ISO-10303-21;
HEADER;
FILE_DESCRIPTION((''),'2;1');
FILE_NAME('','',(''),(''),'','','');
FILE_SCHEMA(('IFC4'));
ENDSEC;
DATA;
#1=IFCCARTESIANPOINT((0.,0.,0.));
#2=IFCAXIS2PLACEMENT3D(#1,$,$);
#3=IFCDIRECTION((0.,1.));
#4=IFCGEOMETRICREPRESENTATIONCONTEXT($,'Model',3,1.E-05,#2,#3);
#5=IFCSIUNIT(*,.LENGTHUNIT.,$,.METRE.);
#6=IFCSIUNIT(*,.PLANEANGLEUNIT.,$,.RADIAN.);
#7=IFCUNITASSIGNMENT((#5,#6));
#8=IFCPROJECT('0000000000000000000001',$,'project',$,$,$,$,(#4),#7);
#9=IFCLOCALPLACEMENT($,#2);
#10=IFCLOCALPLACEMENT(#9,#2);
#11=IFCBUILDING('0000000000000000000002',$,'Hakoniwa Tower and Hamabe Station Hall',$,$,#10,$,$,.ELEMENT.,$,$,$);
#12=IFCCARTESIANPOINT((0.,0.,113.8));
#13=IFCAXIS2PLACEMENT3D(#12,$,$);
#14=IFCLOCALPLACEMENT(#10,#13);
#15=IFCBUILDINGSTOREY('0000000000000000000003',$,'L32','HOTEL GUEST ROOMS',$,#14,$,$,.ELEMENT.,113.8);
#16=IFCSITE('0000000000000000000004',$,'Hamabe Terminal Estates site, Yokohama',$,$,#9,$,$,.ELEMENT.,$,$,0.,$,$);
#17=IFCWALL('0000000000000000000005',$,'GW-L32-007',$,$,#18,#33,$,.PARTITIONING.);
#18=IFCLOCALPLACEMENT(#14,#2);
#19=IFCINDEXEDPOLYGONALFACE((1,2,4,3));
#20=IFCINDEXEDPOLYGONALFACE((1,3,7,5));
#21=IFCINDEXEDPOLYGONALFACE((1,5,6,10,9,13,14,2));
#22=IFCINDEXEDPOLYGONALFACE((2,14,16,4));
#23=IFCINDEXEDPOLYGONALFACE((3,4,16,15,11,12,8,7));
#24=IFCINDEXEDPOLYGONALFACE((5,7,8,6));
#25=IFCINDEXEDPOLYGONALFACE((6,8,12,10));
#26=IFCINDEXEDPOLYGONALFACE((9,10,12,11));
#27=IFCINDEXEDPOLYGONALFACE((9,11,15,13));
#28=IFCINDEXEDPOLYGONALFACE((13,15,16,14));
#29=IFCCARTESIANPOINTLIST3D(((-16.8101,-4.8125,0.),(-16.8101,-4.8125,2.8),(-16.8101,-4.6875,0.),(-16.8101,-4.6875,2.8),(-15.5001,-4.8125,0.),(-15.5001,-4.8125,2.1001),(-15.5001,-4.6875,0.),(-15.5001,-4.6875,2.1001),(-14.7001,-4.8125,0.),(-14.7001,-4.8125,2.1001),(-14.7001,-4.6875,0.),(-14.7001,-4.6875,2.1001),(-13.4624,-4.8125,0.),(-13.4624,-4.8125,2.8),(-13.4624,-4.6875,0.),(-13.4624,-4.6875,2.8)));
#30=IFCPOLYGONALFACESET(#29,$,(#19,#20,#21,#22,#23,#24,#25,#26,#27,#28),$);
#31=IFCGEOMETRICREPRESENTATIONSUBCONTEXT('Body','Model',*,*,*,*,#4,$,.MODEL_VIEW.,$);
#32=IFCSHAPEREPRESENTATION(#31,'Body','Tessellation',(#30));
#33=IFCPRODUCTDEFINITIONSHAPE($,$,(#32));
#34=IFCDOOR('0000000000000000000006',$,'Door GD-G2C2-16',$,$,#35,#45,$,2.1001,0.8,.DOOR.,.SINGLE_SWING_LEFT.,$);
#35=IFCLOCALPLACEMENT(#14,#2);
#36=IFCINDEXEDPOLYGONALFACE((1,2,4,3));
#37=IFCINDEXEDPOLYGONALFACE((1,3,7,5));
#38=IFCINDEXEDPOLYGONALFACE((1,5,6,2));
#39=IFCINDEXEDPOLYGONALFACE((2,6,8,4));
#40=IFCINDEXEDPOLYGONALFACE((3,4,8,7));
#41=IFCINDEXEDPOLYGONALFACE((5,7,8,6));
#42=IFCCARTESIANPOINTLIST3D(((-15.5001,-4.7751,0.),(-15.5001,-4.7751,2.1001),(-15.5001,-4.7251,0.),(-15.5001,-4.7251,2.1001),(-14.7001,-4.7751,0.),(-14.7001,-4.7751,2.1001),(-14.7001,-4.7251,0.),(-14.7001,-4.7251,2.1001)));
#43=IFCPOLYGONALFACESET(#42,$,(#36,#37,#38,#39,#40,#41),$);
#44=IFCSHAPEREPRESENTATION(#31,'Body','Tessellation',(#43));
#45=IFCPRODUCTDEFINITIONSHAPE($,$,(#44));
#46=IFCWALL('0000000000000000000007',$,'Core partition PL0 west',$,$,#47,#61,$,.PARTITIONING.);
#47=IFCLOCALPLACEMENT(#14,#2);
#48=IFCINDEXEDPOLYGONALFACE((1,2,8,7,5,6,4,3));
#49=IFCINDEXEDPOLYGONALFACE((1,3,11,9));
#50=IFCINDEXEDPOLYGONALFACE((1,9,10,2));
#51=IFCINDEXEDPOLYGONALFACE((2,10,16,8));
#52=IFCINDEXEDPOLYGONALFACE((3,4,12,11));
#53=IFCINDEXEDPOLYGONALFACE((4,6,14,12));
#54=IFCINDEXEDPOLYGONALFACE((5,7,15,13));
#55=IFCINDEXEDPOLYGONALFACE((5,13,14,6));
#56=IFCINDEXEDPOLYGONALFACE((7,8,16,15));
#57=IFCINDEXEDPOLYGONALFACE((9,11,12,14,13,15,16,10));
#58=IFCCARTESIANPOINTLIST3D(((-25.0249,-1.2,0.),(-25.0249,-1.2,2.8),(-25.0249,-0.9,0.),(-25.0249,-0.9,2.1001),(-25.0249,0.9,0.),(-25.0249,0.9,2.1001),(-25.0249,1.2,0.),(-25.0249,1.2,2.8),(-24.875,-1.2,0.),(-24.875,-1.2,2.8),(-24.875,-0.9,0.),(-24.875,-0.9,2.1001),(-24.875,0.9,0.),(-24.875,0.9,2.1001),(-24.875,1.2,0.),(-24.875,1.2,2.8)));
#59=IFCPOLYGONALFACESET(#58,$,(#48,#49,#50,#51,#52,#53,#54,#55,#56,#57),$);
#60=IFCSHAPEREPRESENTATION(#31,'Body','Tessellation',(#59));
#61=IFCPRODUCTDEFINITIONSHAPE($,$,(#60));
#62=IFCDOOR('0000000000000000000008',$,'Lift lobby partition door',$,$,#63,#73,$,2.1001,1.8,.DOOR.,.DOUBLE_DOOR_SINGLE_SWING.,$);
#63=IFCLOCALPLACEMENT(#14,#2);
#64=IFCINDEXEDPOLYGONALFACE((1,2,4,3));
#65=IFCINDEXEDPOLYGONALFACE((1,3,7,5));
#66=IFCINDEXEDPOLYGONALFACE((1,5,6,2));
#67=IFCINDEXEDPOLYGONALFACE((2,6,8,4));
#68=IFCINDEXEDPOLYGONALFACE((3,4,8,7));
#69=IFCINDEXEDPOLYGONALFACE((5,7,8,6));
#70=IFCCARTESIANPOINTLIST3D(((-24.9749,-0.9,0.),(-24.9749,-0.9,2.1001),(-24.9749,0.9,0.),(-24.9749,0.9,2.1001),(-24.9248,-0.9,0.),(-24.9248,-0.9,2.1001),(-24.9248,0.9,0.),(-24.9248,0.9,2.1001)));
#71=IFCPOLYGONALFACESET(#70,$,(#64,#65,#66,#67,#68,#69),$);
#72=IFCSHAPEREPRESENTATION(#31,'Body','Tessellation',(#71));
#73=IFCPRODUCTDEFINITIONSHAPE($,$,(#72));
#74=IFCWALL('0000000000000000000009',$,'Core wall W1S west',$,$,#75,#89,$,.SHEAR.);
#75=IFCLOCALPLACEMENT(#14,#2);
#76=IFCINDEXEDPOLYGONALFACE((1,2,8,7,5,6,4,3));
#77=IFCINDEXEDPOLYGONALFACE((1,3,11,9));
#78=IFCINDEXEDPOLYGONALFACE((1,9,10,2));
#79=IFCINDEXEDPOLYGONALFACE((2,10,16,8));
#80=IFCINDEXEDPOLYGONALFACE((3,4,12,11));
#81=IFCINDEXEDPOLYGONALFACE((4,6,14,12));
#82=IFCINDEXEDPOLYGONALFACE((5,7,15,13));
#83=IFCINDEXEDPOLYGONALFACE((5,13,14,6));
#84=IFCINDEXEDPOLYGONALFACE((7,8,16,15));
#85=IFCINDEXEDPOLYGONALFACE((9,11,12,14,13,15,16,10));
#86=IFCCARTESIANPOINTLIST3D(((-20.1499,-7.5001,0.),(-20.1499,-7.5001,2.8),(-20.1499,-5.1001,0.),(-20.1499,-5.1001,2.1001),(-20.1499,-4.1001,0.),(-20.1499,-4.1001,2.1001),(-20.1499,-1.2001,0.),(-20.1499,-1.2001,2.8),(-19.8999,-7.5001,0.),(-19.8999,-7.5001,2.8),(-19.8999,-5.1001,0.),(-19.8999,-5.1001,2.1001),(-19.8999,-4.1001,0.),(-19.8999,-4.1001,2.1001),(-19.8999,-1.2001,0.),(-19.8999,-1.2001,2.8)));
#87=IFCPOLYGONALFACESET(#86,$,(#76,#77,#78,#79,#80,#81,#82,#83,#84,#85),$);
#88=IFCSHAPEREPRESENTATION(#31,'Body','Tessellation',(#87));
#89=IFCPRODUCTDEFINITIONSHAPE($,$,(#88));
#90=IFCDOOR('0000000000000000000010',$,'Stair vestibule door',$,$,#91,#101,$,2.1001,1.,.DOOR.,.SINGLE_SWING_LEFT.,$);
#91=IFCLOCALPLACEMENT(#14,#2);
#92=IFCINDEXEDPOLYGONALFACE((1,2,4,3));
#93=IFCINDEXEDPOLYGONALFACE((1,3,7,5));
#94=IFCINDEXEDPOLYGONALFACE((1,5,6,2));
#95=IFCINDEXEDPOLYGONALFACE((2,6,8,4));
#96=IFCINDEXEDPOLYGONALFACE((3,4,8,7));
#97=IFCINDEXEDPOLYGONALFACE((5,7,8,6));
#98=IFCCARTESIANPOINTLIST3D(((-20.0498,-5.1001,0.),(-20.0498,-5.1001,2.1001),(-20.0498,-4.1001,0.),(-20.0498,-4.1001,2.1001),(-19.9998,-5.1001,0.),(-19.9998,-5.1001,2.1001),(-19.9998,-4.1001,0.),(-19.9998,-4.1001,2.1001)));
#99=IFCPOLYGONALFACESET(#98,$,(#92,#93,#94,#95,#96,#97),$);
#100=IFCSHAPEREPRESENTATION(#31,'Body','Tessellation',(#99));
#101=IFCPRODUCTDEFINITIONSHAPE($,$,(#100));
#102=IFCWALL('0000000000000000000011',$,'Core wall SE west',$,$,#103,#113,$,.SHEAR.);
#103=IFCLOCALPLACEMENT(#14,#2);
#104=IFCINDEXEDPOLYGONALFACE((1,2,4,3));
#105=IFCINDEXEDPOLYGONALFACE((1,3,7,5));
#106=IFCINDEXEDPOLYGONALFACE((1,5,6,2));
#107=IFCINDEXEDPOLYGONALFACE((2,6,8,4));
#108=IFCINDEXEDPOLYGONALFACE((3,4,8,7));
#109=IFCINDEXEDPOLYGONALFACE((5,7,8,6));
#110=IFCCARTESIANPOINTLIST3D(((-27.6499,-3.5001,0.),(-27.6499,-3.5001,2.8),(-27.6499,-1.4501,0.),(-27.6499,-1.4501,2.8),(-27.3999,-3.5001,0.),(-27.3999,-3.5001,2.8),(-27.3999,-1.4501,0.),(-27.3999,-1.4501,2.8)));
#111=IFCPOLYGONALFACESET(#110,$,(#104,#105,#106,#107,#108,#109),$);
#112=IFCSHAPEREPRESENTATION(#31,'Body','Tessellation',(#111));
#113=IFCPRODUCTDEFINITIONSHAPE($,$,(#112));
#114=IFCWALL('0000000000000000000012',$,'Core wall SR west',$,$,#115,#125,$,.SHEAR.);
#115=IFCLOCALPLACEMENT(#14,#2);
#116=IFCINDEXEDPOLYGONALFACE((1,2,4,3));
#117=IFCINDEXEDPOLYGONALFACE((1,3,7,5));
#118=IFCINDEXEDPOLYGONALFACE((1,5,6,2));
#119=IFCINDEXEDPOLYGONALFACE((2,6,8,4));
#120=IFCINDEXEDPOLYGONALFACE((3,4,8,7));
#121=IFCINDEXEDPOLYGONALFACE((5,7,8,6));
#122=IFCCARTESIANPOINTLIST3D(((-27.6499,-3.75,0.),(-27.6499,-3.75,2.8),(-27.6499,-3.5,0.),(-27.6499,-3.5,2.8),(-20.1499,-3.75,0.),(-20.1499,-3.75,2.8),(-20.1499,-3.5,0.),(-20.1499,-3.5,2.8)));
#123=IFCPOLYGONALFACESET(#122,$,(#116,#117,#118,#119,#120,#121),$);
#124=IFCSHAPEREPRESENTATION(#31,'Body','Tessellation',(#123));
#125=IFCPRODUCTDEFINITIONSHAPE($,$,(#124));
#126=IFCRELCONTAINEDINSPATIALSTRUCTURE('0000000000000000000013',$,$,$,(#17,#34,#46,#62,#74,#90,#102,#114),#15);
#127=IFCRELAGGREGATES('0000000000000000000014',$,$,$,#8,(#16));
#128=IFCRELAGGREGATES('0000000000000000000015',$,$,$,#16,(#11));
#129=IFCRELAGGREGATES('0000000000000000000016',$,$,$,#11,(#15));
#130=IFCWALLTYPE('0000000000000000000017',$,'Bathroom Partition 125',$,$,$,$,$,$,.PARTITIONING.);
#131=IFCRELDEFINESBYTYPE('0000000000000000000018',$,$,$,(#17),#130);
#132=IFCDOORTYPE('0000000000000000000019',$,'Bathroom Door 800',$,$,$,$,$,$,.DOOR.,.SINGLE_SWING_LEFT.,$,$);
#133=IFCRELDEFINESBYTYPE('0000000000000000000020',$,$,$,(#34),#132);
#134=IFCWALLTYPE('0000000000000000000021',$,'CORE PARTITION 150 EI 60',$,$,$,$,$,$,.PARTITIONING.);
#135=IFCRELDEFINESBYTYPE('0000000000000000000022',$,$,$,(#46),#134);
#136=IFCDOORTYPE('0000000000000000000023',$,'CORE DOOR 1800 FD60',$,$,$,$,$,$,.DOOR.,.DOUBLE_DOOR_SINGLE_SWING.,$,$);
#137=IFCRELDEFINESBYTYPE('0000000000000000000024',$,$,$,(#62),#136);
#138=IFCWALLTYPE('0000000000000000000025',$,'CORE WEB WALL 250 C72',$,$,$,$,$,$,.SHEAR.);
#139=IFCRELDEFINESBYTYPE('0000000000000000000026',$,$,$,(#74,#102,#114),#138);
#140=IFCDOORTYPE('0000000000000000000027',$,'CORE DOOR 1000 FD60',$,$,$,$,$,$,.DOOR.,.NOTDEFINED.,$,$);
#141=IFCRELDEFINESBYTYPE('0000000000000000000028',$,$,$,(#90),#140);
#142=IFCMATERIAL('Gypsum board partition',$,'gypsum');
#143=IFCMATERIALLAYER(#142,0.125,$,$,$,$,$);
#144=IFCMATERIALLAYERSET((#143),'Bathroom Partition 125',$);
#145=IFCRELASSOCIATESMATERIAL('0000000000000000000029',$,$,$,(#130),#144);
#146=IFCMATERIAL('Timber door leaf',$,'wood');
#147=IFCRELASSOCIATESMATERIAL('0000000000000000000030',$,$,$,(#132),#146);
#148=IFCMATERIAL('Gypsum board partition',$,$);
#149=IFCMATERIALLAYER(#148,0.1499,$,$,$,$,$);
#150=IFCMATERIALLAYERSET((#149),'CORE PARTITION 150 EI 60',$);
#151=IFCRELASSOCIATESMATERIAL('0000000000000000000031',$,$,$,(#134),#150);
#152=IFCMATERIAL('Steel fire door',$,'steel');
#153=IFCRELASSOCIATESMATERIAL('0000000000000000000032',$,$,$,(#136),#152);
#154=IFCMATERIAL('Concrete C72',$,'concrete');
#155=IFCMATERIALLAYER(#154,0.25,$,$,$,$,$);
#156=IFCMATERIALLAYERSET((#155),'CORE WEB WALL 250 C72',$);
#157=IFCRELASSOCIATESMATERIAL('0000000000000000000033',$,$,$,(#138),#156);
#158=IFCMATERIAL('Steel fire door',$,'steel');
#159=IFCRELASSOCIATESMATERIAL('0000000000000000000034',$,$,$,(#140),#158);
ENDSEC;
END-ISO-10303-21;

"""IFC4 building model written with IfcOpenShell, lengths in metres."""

from ifc_helpers import new_model, si_unit, direction, frame, frame_2d, origin, place, context, subcontext, project, spatial, rectangle, extrude, material, layer, layer_set, type_object, element, fill, save


model = new_model("IFC4")

# Units and contexts
model_context = context("Model", 3, precision=1e-05, world=origin(), true_north=direction((0.0, 1.0)))
body_context = subcontext(model_context, "Body", "Model", "MODEL_VIEW")
ifc_project = project(units=[si_unit("LENGTHUNIT", "METRE"), si_unit("PLANEANGLEUNIT", "RADIAN")], contexts=[model_context])

# Site, building, storey
site_placement = place(None, origin())
site = spatial("IfcSite", under=ifc_project, at=site_placement, Name="Hamabe Terminal Estates site, Yokohama", CompositionType="ELEMENT", RefElevation=0.0)
building_placement = place(site_placement, origin())
building = spatial("IfcBuilding", under=site, at=building_placement, Name="Hakoniwa Tower and Hamabe Station Hall", CompositionType="ELEMENT")
storey_placement = place(building_placement, frame((0.0, 0.0, 113.8)))
storey = spatial("IfcBuildingStorey", under=building, at=storey_placement, Name="L32", Description="HOTEL GUEST ROOMS", CompositionType="ELEMENT", Elevation=113.8)

# Walls, openings, doors
ifc_material_1 = material(Name="Gypsum board partition", Category="gypsum")
ifc_layer_1 = layer(ifc_material_1, 0.125)
ifc_layer_set_1 = layer_set([ifc_layer_1], Name="Bathroom Partition 125")
wall_type_1 = type_object("IfcWallType", Name="Bathroom Partition 125", PredefinedType="PARTITIONING", material=ifc_layer_set_1)
wall_1_placement = place(storey_placement, frame((-16.8101, -4.75, 0.0), z_axis=(0.0, 0.0, 1.0), x_axis=(1.0, 0.0, 0.0)))
wall_1 = element("IfcWall", 1, at=wall_1_placement, inside=storey, type_object=wall_type_1, Name="GW-L32-007", PredefinedType="PARTITIONING", context=body_context, shape_type="SweptSolid", body=[
    extrude(rectangle(XDim=3.3477, YDim=0.125, at=frame_2d((1.6738, 0.0))), origin(), (0.0, 0.0, 1.0), 2.8),
])
opening_1_placement = place(wall_1_placement, frame((1.3101, 0.0, 0.0)))
opening_1 = element("IfcOpeningElement", 2, at=opening_1_placement, cuts=wall_1, PredefinedType="OPENING", context=body_context, shape_type="SweptSolid", body=[
    extrude(rectangle(XDim=0.8, YDim=2.1001, at=frame_2d((0.3999, 1.05))), frame((0.0, 0.0725, 0.0), z_axis=(0.0, -1.0, 0.0), x_axis=(1.0, 0.0, 0.0)), (0.0, 0.0, 1.0), 0.145),
])
ifc_material_2 = material(Name="Timber door leaf", Category="wood")
door_type_1 = type_object("IfcDoorType", Name="Bathroom Door 800", OperationType="SINGLE_SWING_LEFT", PredefinedType="DOOR", material=ifc_material_2)
door_1_placement = place(opening_1_placement, origin())
door_1 = element("IfcDoor", 3, at=door_1_placement, inside=storey, type_object=door_type_1, Name="Door GD-G2C2-16", OperationType="SINGLE_SWING_LEFT", OverallHeight=2.1001, OverallWidth=0.8, PredefinedType="DOOR", context=body_context, shape_type="SweptSolid", body=[
    extrude(rectangle(XDim=0.8, YDim=2.1001, at=frame_2d((0.3999, 1.05))), frame((0.0, 0.0249, 0.0), z_axis=(0.0, -1.0, 0.0), x_axis=(1.0, 0.0, 0.0)), (0.0, 0.0, 1.0), 0.05),
])
fill(opening_1, door_1)
ifc_material_3 = material(Name="Gypsum board partition")
ifc_layer_2 = layer(ifc_material_3, 0.1499)
ifc_layer_set_2 = layer_set([ifc_layer_2], Name="CORE PARTITION 150 EI 60")
wall_type_2 = type_object("IfcWallType", Name="CORE PARTITION 150 EI 60", PredefinedType="PARTITIONING", material=ifc_layer_set_2)
wall_2_placement = place(storey_placement, frame((-24.95, -1.2, 0.0), z_axis=(0.0, 0.0, 1.0), x_axis=(0.0, 1.0, 0.0)))
wall_2 = element("IfcWall", 4, at=wall_2_placement, inside=storey, type_object=wall_type_2, Name="Core partition PL0 west", PredefinedType="PARTITIONING", context=body_context, shape_type="SweptSolid", body=[
    extrude(rectangle(XDim=2.3999, YDim=0.1499, at=frame_2d((1.2, 0.0))), origin(), (0.0, 0.0, 1.0), 2.8),
])
opening_2_placement = place(wall_2_placement, frame((0.3, 0.0, 0.0)))
opening_2 = element("IfcOpeningElement", 5, at=opening_2_placement, cuts=wall_2, PredefinedType="OPENING", context=body_context, shape_type="SweptSolid", body=[
    extrude(rectangle(XDim=1.8, YDim=2.1001, at=frame_2d((0.8999, 1.05))), frame((0.0, 0.085, 0.0), z_axis=(0.0, -1.0, 0.0), x_axis=(1.0, 0.0, 0.0)), (0.0, 0.0, 1.0), 0.1699),
])
ifc_material_4 = material(Name="Steel fire door", Category="steel")
door_type_2 = type_object("IfcDoorType", Name="CORE DOOR 1800 FD60", OperationType="DOUBLE_DOOR_SINGLE_SWING", PredefinedType="DOOR", material=ifc_material_4)
door_2_placement = place(opening_2_placement, origin())
door_2 = element("IfcDoor", 6, at=door_2_placement, inside=storey, type_object=door_type_2, Name="Lift lobby partition door", OperationType="DOUBLE_DOOR_SINGLE_SWING", OverallHeight=2.1001, OverallWidth=1.8, PredefinedType="DOOR", context=body_context, shape_type="SweptSolid", body=[
    extrude(rectangle(XDim=1.8, YDim=2.1001, at=frame_2d((0.8999, 1.05))), frame((0.0, 0.0249, 0.0), z_axis=(0.0, -1.0, 0.0), x_axis=(1.0, 0.0, 0.0)), (0.0, 0.0, 1.0), 0.05),
])
fill(opening_2, door_2)
ifc_material_5 = material(Name="Concrete C72", Category="concrete")
ifc_layer_3 = layer(ifc_material_5, 0.25)
ifc_layer_set_3 = layer_set([ifc_layer_3], Name="CORE WEB WALL 250 C72")
wall_type_3 = type_object("IfcWallType", Name="CORE WEB WALL 250 C72", PredefinedType="SHEAR", material=ifc_layer_set_3)
wall_3_placement = place(storey_placement, frame((-20.0249, -7.5, 0.0), z_axis=(0.0, 0.0, 1.0), x_axis=(0.0, 1.0, 0.0)))
wall_3 = element("IfcWall", 7, at=wall_3_placement, inside=storey, type_object=wall_type_3, Name="Core wall W1S west", PredefinedType="SHEAR", context=body_context, shape_type="SweptSolid", body=[
    extrude(rectangle(XDim=6.3, YDim=0.25, at=frame_2d((3.1499, 0.0))), origin(), (0.0, 0.0, 1.0), 2.8),
])
opening_3_placement = place(wall_3_placement, frame((2.3999, 0.0, 0.0)))
opening_3 = element("IfcOpeningElement", 8, at=opening_3_placement, cuts=wall_3, PredefinedType="OPENING", context=body_context, shape_type="SweptSolid", body=[
    extrude(rectangle(XDim=1.0, YDim=2.1001, at=frame_2d((0.5, 1.05))), frame((0.0, 0.135, 0.0), z_axis=(0.0, -1.0, 0.0), x_axis=(1.0, 0.0, 0.0)), (0.0, 0.0, 1.0), 0.27),
])
ifc_material_6 = material(Name="Steel fire door", Category="steel")
door_type_3 = type_object("IfcDoorType", Name="CORE DOOR 1000 FD60", OperationType="NOTDEFINED", PredefinedType="DOOR", material=ifc_material_6)
door_3_placement = place(opening_3_placement, origin())
door_3 = element("IfcDoor", 9, at=door_3_placement, inside=storey, type_object=door_type_3, Name="Stair vestibule door", OperationType="SINGLE_SWING_LEFT", OverallHeight=2.1001, OverallWidth=1.0, PredefinedType="DOOR", context=body_context, shape_type="SweptSolid", body=[
    extrude(rectangle(XDim=1.0, YDim=2.1001, at=frame_2d((0.5, 1.05))), frame((0.0, 0.0249, 0.0), z_axis=(0.0, -1.0, 0.0), x_axis=(1.0, 0.0, 0.0)), (0.0, 0.0, 1.0), 0.05),
])
fill(opening_3, door_3)

# Walls
wall_4_placement = place(storey_placement, frame((-27.5249, -3.5, 0.0), z_axis=(0.0, 0.0, 1.0), x_axis=(0.0, 1.0, 0.0)))
element("IfcWall", 10, at=wall_4_placement, inside=storey, type_object=wall_type_3, Name="Core wall SE west", PredefinedType="SHEAR", context=body_context, shape_type="SweptSolid", body=[
    extrude(rectangle(XDim=2.05, YDim=0.25, at=frame_2d((1.0249, 0.0))), origin(), (0.0, 0.0, 1.0), 2.8),
])
wall_5_placement = place(storey_placement, frame((-27.6499, -3.625, 0.0), z_axis=(0.0, 0.0, 1.0), x_axis=(1.0, 0.0, 0.0)))
element("IfcWall", 11, at=wall_5_placement, inside=storey, type_object=wall_type_3, Name="Core wall SR west", PredefinedType="SHEAR", context=body_context, shape_type="SweptSolid", body=[
    extrude(rectangle(XDim=7.5, YDim=0.25, at=frame_2d((3.75, 0.0))), origin(), (0.0, 0.0, 1.0), 2.8),
])

save(model, "model.ifc")
